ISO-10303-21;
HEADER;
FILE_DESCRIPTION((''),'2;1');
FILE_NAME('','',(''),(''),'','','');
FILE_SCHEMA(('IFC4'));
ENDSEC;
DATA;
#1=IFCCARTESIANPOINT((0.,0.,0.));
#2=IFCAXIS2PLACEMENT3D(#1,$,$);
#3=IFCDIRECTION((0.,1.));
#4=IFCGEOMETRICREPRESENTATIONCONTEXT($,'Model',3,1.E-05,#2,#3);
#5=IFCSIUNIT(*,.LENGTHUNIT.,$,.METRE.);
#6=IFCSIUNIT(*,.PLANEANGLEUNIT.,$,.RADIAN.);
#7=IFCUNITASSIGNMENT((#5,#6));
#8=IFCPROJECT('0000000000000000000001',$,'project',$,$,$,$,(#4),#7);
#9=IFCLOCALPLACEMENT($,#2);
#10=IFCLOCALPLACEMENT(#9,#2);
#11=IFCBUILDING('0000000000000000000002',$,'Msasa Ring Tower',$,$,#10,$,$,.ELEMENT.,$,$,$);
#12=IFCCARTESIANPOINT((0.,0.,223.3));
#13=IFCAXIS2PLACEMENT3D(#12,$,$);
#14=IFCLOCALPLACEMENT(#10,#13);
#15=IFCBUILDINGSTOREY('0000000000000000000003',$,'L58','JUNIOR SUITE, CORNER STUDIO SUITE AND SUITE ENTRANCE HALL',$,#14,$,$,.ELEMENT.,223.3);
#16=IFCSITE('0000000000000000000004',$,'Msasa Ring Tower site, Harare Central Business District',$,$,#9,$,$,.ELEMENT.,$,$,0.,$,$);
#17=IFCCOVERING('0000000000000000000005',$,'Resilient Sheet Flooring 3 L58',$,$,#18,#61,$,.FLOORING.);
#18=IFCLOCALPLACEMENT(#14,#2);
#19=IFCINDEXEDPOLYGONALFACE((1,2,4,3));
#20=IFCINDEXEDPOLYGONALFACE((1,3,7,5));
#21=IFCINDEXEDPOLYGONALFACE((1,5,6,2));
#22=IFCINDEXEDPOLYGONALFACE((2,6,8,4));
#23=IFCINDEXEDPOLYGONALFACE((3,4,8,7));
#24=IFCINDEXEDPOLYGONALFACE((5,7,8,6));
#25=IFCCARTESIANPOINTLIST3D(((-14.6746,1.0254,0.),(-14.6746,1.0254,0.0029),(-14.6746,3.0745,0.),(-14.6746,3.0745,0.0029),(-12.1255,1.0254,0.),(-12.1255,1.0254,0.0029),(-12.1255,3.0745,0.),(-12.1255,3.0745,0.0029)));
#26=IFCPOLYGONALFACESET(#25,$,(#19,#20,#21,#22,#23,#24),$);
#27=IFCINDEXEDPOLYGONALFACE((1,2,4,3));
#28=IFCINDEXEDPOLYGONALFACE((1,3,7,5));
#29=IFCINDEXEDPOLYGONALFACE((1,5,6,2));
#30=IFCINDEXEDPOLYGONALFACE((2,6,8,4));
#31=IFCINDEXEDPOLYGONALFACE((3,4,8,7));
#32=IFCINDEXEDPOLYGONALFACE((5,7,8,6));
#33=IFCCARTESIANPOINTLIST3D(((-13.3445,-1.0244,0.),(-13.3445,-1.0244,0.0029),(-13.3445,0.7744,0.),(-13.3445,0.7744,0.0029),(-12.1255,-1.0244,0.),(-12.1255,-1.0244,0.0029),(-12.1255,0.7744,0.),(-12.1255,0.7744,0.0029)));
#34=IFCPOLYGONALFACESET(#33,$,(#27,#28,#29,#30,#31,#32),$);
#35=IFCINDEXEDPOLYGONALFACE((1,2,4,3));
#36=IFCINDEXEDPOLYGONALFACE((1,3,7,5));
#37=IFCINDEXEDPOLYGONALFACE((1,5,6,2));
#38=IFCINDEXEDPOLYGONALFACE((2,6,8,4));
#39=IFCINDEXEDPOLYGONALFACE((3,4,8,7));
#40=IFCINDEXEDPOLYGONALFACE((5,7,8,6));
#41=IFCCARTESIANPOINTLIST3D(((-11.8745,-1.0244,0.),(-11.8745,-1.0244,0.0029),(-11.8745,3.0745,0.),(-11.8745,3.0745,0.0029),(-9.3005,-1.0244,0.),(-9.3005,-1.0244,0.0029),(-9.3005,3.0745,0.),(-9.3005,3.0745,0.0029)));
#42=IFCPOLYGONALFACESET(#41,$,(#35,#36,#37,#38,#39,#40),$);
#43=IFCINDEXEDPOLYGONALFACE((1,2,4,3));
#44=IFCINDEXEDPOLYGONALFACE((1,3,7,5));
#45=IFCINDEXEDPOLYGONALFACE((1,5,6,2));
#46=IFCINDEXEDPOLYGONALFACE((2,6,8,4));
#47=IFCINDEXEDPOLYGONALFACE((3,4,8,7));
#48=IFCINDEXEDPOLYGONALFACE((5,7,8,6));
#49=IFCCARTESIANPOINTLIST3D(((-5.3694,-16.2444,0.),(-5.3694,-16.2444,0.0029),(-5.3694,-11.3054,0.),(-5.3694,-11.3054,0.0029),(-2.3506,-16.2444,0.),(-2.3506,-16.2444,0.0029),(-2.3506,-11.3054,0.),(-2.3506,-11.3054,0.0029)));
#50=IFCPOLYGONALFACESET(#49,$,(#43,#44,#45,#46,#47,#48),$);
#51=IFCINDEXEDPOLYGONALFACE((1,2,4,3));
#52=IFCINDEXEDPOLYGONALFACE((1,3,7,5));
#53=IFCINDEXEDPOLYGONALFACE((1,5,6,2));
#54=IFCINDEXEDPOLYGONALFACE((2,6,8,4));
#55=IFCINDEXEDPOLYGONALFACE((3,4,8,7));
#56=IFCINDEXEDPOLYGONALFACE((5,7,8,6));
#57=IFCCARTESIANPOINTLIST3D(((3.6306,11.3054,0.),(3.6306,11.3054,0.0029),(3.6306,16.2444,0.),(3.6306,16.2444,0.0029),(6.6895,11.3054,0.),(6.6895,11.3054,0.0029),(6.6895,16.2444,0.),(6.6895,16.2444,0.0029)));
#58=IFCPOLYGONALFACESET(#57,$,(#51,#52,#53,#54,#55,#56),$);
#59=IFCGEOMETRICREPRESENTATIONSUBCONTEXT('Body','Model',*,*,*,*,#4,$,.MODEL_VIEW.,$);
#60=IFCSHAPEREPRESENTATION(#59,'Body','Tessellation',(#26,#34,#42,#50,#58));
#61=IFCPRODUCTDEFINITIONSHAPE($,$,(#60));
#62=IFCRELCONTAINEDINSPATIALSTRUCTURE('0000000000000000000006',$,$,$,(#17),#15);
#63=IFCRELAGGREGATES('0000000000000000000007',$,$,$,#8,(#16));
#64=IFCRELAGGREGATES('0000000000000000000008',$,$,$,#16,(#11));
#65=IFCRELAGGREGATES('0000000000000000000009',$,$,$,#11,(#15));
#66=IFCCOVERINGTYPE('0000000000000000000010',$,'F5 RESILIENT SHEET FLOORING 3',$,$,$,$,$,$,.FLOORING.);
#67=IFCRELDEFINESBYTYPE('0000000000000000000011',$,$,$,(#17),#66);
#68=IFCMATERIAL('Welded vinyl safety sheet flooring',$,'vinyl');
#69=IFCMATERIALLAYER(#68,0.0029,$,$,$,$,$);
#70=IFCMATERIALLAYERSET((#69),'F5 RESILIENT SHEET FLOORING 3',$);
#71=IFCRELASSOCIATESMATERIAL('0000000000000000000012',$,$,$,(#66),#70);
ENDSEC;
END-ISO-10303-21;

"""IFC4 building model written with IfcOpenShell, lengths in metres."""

from ifc_helpers import new_model, si_unit, direction, frame, origin, place, context, subcontext, project, spatial, line, indexed_curve, outline, extrude, material, layer, layer_set, type_object, element, save


model = new_model("IFC4")

# Units and contexts
model_context = context("Model", 3, precision=1e-05, world=origin(), true_north=direction((0.0, 1.0)))
body_context = subcontext(model_context, "Body", "Model", "MODEL_VIEW")
ifc_project = project(units=[si_unit("LENGTHUNIT", "METRE"), si_unit("PLANEANGLEUNIT", "RADIAN")], contexts=[model_context])

# Site, building, storey
site_placement = place(None, origin())
site = spatial("IfcSite", under=ifc_project, at=site_placement, Name="Msasa Ring Tower site, Harare Central Business District", CompositionType="ELEMENT", RefElevation=0.0)
building_placement = place(site_placement, origin())
building = spatial("IfcBuilding", under=site, at=building_placement, Name="Msasa Ring Tower", CompositionType="ELEMENT")
storey_placement = place(building_placement, frame((0.0, 0.0, 223.3)))
storey = spatial("IfcBuildingStorey", under=building, at=storey_placement, Name="L58", Description="JUNIOR SUITE, CORNER STUDIO SUITE AND SUITE ENTRANCE HALL", CompositionType="ELEMENT", Elevation=223.3)

# Covering
ifc_material_1 = material(Name="Welded vinyl safety sheet flooring", Category="vinyl")
ifc_layer_1 = layer(ifc_material_1, 0.0029)
ifc_layer_set_1 = layer_set([ifc_layer_1], Name="F5 RESILIENT SHEET FLOORING 3")
covering_type_1 = type_object("IfcCoveringType", Name="F5 RESILIENT SHEET FLOORING 3", PredefinedType="FLOORING", material=ifc_layer_set_1)
covering_1_placement = place(storey_placement, origin())
element("IfcCovering", 1, at=covering_1_placement, inside=storey, type_object=covering_type_1, Name="Resilient Sheet Flooring 3 L58", PredefinedType="FLOORING", context=body_context, shape_type="SweptSolid", body=[
    extrude(outline(indexed_curve([(-14.6746, 3.0745), (-12.1255, 3.0745), (-12.1255, 1.0254), (-14.6746, 1.0254)], segments=[line(1, 2, 3, 4, 1)], self_intersect=False)), origin(), (0.0, 0.0, 1.0), 0.0029),
    extrude(outline(indexed_curve([(-13.3445, -1.0244), (-13.3445, 0.7744), (-12.1255, 0.7744), (-12.1255, -1.0244)], segments=[line(1, 2, 3, 4, 1)], self_intersect=False)), origin(), (0.0, 0.0, 1.0), 0.0029),
    extrude(outline(indexed_curve([(-11.8745, -1.0244), (-11.8745, 3.0745), (-9.3005, 3.0745), (-9.3005, -1.0244)], segments=[line(1, 2, 3, 4, 1)], self_intersect=False)), origin(), (0.0, 0.0, 1.0), 0.0029),
    extrude(outline(indexed_curve([(-5.3694, -16.2444), (-5.3694, -11.3054), (-2.3506, -11.3054), (-2.3506, -16.2444)], segments=[line(1, 2, 3, 4, 1)], self_intersect=False)), origin(), (0.0, 0.0, 1.0), 0.0029),
    extrude(outline(indexed_curve([(3.6306, 16.2444), (6.6895, 16.2444), (6.6895, 11.3054), (3.6306, 11.3054)], segments=[line(1, 2, 3, 4, 1)], self_intersect=False)), origin(), (0.0, 0.0, 1.0), 0.0029),
])

save(model, "model.ifc")
